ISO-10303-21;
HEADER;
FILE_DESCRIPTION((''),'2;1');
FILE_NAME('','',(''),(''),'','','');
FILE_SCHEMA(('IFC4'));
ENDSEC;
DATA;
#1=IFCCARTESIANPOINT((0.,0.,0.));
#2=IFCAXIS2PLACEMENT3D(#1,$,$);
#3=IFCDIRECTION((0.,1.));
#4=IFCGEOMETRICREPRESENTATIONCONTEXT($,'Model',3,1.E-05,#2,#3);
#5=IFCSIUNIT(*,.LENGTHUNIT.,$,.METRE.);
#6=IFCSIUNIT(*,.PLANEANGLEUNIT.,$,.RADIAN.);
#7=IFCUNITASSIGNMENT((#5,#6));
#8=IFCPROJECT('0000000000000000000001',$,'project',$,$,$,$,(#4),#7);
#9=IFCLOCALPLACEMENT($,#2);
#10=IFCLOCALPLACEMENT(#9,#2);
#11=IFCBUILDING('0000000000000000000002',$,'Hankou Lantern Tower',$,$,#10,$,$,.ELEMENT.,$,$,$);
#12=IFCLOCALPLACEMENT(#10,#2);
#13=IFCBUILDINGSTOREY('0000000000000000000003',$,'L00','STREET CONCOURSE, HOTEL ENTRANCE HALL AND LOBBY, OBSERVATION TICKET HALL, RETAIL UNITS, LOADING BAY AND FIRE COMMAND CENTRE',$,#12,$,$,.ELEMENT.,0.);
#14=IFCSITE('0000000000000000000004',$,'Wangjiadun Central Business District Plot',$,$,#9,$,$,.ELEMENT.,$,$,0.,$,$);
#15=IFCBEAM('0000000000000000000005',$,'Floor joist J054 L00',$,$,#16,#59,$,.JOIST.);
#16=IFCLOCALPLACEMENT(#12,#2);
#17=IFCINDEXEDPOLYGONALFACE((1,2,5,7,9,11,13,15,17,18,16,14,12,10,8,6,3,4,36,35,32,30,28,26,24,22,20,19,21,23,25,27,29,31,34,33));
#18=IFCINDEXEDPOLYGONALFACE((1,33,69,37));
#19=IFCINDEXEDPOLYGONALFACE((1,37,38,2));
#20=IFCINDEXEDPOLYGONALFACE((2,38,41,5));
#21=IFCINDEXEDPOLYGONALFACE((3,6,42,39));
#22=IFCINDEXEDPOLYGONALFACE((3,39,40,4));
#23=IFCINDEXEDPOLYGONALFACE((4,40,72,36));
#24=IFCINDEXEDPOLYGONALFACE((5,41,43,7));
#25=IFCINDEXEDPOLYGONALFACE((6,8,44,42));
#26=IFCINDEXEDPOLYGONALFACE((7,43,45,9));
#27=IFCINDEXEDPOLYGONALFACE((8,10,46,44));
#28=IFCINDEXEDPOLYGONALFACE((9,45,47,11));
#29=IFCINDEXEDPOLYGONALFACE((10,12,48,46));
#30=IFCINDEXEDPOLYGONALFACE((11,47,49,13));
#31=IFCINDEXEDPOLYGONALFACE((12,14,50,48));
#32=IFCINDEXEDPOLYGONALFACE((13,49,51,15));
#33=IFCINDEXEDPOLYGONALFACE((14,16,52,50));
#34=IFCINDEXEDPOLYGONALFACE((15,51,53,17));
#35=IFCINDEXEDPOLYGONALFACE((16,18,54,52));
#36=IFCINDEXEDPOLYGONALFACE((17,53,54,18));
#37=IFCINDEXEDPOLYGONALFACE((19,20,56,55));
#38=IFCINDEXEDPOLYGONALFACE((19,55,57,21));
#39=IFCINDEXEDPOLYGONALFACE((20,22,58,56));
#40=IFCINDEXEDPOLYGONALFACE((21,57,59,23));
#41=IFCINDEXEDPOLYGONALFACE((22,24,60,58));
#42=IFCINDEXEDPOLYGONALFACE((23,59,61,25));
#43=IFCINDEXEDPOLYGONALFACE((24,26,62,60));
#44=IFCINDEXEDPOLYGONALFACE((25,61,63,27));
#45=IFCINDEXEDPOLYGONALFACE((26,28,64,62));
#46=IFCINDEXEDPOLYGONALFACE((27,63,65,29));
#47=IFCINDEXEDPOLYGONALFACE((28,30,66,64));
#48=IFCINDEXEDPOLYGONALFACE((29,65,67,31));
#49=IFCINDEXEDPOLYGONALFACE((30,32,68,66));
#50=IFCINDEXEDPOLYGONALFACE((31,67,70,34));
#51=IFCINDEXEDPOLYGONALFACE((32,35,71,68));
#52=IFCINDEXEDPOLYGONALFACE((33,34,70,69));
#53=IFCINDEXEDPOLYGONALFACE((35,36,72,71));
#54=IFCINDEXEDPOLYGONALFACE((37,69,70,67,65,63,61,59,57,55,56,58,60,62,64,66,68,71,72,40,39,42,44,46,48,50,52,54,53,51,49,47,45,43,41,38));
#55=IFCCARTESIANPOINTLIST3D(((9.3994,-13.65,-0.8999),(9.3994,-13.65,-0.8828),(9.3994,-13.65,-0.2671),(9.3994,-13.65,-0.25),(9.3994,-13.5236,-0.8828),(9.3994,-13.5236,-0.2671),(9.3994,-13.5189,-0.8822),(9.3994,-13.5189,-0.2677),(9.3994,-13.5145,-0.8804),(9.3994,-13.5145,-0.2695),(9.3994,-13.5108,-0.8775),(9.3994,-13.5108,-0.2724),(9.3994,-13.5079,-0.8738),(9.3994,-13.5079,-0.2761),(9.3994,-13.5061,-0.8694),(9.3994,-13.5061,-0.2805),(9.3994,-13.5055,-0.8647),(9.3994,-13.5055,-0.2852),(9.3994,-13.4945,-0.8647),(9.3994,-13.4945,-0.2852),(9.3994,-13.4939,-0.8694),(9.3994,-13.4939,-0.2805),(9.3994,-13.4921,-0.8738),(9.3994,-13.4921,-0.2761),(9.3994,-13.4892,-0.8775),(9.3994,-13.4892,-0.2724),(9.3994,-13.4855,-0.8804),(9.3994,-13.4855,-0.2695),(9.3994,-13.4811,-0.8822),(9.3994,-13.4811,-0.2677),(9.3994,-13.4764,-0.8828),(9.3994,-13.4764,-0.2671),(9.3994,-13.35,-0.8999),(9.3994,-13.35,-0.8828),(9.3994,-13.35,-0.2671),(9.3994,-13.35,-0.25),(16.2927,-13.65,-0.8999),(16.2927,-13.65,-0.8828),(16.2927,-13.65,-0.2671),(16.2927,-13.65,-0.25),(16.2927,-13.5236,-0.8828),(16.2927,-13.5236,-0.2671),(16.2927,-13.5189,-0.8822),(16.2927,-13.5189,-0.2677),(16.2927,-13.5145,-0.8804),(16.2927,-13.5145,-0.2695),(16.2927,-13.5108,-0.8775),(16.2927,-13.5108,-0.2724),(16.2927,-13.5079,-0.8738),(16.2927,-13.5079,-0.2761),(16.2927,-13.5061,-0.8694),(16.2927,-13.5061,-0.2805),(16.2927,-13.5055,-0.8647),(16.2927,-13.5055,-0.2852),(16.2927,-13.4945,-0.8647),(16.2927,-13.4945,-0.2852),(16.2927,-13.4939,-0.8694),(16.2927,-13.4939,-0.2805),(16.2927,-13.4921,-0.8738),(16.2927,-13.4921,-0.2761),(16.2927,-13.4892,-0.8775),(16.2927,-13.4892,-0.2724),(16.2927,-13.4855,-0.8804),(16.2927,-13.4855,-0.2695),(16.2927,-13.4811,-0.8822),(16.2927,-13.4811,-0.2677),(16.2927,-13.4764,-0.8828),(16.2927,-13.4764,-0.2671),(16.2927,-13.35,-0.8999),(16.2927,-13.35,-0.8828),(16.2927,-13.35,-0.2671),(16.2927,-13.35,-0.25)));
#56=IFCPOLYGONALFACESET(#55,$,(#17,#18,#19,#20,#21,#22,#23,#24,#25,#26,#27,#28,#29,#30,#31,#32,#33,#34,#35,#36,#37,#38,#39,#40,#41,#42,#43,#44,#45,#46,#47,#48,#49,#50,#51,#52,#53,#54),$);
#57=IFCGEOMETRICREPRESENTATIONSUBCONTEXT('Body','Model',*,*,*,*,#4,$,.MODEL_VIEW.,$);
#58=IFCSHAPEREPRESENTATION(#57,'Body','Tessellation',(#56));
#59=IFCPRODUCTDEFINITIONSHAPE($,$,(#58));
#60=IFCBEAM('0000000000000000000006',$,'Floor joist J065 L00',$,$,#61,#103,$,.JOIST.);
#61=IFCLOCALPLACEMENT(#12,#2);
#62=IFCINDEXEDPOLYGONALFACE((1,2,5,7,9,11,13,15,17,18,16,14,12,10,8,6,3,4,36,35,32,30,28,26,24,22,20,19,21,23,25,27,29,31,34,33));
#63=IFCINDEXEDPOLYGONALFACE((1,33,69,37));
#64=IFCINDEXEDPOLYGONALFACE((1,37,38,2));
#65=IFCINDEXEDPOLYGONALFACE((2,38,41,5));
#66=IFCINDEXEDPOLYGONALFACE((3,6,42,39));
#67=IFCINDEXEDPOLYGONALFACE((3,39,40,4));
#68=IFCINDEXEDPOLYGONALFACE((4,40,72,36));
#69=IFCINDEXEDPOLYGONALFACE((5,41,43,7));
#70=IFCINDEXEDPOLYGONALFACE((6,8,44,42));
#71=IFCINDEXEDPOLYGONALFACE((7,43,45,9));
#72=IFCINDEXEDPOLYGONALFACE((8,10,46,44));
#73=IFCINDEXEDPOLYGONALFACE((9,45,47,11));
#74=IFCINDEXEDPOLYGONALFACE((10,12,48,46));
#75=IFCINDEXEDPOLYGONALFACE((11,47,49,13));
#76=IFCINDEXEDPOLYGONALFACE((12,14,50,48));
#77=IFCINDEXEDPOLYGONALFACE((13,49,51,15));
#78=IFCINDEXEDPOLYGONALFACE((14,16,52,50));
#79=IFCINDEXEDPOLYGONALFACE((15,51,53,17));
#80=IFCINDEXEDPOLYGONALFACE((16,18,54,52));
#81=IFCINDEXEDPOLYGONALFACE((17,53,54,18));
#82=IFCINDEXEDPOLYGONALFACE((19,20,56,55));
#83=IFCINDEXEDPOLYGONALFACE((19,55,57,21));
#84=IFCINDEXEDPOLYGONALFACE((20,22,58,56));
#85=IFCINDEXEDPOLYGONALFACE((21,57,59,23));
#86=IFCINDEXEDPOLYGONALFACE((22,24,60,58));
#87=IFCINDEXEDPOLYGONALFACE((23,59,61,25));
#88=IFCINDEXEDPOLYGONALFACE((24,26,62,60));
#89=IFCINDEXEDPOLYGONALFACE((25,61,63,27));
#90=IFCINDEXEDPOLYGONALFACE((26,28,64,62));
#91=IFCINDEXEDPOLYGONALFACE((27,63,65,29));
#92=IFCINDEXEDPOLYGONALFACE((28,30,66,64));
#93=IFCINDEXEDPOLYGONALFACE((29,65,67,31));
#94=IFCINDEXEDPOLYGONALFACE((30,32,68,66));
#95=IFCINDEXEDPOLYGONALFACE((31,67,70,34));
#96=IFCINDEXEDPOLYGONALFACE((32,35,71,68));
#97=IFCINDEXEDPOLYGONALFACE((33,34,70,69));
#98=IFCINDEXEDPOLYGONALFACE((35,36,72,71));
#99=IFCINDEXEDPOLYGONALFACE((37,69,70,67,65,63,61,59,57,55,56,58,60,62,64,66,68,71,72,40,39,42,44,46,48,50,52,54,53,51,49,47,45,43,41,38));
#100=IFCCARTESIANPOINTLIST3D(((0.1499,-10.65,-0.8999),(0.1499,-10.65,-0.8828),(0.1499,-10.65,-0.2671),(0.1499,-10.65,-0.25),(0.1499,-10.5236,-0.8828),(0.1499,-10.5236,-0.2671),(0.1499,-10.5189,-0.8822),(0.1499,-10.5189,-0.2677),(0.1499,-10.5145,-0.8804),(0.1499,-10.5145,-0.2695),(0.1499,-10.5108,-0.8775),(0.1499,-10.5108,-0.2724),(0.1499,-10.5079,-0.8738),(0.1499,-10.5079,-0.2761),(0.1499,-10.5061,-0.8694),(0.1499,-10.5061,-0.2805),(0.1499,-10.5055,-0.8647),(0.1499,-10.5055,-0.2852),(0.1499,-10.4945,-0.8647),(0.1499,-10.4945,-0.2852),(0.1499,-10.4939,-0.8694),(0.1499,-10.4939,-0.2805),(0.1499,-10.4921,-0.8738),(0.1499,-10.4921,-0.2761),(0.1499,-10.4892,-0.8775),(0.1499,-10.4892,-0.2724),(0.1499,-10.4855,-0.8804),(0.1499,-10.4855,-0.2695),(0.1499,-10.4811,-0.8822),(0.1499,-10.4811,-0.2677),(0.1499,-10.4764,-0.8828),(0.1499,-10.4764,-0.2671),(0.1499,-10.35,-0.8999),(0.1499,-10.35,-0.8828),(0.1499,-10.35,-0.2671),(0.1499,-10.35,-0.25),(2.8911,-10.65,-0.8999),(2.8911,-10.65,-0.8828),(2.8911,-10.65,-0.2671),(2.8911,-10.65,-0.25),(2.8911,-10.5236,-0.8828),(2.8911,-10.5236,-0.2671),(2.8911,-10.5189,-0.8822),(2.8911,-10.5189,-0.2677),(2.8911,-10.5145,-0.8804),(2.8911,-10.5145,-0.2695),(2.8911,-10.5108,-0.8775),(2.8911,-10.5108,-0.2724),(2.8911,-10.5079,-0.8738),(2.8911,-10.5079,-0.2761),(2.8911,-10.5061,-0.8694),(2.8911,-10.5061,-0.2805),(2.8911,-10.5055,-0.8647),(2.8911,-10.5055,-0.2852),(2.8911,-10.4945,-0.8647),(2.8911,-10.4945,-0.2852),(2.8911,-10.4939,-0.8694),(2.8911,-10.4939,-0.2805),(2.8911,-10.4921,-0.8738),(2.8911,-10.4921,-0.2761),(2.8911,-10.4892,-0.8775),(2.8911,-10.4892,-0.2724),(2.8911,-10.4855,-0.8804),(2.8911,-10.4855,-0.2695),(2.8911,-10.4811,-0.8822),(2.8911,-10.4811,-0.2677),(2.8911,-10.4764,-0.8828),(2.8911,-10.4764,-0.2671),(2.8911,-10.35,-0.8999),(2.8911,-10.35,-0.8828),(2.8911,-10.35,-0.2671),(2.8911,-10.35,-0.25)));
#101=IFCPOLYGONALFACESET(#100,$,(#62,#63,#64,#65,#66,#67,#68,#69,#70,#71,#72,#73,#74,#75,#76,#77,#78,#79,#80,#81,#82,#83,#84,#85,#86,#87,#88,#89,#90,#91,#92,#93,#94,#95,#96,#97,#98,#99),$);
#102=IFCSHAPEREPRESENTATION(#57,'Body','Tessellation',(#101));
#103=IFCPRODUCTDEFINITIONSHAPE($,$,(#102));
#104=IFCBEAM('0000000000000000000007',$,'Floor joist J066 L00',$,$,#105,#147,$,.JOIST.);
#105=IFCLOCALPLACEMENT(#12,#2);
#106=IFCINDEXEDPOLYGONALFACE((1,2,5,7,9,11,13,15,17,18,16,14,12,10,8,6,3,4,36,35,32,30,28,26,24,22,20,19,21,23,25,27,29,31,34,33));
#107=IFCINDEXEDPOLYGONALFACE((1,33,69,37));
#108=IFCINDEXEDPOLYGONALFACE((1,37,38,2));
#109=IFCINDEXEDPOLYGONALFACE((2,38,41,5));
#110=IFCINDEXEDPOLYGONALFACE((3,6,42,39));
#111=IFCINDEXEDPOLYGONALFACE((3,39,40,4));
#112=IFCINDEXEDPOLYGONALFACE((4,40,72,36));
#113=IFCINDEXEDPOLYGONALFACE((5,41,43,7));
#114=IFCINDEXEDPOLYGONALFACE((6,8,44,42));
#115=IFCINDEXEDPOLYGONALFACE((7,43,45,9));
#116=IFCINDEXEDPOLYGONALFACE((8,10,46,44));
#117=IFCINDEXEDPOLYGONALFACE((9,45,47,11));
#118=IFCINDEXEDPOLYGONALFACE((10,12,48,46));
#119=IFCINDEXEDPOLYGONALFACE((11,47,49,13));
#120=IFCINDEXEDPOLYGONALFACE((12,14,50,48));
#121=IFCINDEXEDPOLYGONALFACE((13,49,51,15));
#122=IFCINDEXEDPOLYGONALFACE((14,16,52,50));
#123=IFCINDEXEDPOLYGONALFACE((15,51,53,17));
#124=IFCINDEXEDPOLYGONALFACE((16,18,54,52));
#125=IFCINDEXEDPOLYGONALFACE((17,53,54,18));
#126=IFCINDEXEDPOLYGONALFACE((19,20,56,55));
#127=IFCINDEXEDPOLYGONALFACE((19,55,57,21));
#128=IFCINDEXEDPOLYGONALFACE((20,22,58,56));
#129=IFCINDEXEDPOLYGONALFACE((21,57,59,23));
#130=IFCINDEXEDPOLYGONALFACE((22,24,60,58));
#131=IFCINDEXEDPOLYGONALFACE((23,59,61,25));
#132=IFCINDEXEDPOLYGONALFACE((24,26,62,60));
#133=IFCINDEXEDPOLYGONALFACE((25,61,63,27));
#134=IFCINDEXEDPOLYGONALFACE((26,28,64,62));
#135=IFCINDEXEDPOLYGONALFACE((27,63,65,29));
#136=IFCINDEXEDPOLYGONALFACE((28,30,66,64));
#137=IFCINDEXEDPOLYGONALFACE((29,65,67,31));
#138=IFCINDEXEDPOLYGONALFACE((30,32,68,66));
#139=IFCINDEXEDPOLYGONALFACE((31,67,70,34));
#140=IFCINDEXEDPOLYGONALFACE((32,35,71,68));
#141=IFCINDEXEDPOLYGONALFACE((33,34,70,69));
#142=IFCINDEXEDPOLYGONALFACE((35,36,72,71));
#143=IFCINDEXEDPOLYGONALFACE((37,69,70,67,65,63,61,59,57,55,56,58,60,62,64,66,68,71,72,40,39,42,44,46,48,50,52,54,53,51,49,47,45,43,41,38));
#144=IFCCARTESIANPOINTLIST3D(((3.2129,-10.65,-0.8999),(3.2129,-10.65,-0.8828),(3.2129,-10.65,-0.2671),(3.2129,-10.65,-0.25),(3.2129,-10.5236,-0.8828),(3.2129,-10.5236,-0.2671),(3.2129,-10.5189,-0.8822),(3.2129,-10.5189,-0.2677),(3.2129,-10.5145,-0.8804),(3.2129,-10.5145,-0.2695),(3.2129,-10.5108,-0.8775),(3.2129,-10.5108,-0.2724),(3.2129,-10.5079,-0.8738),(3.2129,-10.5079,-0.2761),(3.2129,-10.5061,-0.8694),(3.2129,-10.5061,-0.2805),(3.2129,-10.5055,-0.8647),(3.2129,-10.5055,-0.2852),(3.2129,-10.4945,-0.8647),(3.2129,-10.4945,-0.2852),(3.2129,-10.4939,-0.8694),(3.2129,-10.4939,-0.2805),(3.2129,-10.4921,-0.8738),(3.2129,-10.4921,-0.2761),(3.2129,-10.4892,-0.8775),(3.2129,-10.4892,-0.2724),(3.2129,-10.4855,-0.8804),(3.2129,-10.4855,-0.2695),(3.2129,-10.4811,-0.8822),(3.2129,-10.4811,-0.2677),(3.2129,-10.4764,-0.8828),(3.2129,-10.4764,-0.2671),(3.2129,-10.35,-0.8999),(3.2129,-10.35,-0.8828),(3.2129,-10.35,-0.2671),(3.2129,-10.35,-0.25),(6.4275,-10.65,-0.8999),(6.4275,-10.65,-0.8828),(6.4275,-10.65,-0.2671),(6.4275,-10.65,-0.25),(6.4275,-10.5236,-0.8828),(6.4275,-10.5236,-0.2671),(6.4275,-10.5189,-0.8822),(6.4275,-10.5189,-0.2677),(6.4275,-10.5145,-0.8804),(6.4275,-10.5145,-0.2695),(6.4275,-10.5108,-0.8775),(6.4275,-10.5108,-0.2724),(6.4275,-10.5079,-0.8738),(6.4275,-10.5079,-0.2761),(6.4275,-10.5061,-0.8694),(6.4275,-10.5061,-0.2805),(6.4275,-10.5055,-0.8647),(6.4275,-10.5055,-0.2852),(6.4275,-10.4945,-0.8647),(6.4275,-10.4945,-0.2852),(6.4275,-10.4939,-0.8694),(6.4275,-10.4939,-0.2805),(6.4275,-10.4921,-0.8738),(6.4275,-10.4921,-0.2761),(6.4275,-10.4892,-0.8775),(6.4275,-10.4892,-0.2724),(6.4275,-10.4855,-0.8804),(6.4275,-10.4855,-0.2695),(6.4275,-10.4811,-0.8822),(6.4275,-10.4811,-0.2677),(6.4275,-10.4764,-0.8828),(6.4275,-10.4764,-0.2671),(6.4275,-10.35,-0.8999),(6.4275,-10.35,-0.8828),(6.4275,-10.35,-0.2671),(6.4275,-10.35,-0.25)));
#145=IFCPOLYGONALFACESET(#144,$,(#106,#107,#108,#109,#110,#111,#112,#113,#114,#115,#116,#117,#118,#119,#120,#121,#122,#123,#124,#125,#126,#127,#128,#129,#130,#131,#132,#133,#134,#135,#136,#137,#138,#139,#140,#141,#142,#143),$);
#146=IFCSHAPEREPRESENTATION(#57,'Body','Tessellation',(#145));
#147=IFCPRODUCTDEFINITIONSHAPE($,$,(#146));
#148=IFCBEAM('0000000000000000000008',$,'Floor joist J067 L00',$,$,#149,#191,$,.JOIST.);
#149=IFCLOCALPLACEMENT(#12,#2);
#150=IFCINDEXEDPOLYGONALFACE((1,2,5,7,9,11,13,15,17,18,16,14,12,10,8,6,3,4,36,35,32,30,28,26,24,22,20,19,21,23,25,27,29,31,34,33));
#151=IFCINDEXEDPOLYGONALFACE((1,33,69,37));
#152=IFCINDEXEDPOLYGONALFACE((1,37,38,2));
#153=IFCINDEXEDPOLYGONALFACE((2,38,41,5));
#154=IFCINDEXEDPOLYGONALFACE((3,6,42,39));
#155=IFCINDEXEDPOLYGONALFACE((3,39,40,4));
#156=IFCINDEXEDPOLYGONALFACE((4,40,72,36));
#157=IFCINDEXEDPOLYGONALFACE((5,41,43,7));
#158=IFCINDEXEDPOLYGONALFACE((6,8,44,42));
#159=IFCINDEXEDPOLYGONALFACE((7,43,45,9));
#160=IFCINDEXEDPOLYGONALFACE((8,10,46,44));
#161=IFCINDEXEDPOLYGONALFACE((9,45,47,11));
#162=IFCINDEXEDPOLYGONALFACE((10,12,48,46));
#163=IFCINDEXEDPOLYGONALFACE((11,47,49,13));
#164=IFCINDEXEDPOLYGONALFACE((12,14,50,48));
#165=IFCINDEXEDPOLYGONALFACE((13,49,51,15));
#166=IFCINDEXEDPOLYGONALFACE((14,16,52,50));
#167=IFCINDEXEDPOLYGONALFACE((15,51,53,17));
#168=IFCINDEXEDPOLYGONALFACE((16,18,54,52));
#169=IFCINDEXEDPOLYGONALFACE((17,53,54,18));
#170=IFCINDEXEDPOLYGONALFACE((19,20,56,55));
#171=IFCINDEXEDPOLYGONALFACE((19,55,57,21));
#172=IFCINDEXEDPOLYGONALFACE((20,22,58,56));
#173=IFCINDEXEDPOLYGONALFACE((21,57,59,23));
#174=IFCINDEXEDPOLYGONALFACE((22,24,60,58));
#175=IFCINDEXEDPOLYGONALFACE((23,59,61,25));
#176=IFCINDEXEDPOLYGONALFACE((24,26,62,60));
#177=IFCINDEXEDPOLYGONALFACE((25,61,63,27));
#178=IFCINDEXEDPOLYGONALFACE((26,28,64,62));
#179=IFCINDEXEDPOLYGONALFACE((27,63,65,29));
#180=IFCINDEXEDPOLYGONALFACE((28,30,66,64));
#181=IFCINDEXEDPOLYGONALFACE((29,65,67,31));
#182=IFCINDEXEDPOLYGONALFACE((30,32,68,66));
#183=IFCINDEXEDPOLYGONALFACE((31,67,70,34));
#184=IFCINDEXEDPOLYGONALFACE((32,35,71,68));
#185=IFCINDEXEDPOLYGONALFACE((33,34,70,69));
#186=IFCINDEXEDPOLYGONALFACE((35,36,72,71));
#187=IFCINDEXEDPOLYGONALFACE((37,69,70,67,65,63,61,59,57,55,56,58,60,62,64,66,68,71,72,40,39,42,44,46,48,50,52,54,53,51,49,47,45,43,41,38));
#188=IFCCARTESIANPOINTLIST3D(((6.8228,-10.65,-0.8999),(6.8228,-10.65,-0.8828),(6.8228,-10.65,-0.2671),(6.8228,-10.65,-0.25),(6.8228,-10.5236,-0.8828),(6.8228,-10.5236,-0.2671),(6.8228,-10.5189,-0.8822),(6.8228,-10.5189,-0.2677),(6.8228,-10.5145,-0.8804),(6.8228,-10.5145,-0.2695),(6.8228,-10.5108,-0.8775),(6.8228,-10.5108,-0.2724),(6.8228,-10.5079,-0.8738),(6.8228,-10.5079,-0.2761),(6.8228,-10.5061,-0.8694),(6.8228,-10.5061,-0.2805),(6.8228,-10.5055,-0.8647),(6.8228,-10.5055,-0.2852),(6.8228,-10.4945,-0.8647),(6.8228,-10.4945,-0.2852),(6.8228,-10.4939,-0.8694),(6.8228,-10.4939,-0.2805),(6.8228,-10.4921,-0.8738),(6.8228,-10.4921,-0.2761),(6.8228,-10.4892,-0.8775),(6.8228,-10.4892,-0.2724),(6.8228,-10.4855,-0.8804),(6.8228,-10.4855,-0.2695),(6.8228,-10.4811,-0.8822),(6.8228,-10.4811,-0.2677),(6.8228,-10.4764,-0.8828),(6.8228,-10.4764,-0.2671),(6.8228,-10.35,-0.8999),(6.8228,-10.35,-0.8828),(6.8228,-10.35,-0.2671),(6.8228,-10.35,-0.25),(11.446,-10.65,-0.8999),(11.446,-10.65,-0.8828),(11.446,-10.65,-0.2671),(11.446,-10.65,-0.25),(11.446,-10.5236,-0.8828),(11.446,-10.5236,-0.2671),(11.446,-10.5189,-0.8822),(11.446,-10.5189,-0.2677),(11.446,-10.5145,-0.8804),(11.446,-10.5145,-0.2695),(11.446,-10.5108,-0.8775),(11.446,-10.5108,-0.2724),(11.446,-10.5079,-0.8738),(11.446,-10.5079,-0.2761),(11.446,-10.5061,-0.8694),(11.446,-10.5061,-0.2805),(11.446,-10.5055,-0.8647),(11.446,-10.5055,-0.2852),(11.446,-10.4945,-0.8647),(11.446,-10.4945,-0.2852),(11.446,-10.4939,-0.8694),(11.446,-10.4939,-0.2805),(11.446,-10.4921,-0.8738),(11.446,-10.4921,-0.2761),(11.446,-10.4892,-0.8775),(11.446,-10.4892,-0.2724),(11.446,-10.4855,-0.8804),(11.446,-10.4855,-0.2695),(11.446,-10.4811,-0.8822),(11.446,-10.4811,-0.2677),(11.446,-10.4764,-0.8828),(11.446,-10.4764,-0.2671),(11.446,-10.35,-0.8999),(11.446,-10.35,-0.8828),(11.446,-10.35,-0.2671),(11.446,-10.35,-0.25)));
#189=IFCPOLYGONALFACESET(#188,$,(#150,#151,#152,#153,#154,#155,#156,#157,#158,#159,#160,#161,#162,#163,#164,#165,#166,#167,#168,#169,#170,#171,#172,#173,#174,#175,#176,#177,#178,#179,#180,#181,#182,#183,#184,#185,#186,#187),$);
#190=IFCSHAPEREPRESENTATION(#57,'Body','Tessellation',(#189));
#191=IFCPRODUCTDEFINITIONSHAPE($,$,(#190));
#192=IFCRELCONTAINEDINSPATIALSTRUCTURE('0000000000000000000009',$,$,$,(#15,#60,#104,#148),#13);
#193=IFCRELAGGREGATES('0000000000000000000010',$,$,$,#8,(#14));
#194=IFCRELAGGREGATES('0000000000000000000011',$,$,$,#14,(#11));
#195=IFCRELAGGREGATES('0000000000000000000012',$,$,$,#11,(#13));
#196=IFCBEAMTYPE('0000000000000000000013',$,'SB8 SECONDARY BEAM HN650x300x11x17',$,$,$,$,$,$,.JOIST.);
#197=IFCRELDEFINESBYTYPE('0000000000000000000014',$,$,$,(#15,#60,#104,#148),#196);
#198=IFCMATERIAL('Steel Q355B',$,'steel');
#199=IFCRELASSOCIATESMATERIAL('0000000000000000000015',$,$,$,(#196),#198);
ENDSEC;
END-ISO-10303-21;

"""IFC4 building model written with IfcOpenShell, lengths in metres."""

from ifc_helpers import new_model, si_unit, direction, frame, origin, origin_2d, place, context, subcontext, project, spatial, i_section, extrude, material, material_profile, profile_set, type_object, element, save


model = new_model("IFC4")

# Units and contexts
model_context = context("Model", 3, precision=1e-05, world=origin(), true_north=direction((0.0, 1.0)))
body_context = subcontext(model_context, "Body", "Model", "MODEL_VIEW")
ifc_project = project(units=[si_unit("LENGTHUNIT", "METRE"), si_unit("PLANEANGLEUNIT", "RADIAN")], contexts=[model_context])

# Site, building, storey
site_placement = place(None, origin())
site = spatial("IfcSite", under=ifc_project, at=site_placement, Name="Wangjiadun Central Business District Plot", CompositionType="ELEMENT", RefElevation=0.0)
building_placement = place(site_placement, origin())
building = spatial("IfcBuilding", under=site, at=building_placement, Name="Hankou Lantern Tower", CompositionType="ELEMENT")
storey_placement = place(building_placement, origin())
storey = spatial("IfcBuildingStorey", under=building, at=storey_placement, Name="L00", Description="STREET CONCOURSE, HOTEL ENTRANCE HALL AND LOBBY, OBSERVATION TICKET HALL, RETAIL UNITS, LOADING BAY AND FIRE COMMAND CENTRE", CompositionType="ELEMENT", Elevation=0.0)

# Beams
ifc_material_1 = material(Name="Steel Q355B", Category="steel")
ifc_material_profile_1 = material_profile(ifc_material_1, i_section(OverallWidth=0.3, OverallDepth=0.6499, WebThickness=0.011, FlangeThickness=0.0171, FilletRadius=0.0181, at=origin_2d()), Name="HN650x300x11x17")
ifc_profile_set_1 = profile_set([ifc_material_profile_1], Name="Steel Q355B")
beam_type_1 = type_object("IfcBeamType", Name="SB8 SECONDARY BEAM HN650x300x11x17", PredefinedType="JOIST", material=ifc_profile_set_1)
beam_1_placement = place(storey_placement, frame((9.3994, -13.5, -0.575), z_axis=(1.0, 0.0, 0.0), x_axis=(0.0, 1.0, 0.0)))
element("IfcBeam", 1, at=beam_1_placement, inside=storey, type_object=beam_type_1, Name="Floor joist J054 L00", PredefinedType="JOIST", context=body_context, shape_type="SweptSolid", body=[
    extrude(i_section(OverallWidth=0.3, OverallDepth=0.6499, WebThickness=0.011, FlangeThickness=0.0171, FilletRadius=0.0181, at=origin_2d()), origin(), (0.0, 0.0, 1.0), 6.8933),
])
beam_2_placement = place(storey_placement, frame((0.1499, -10.5, -0.575), z_axis=(1.0, 0.0, 0.0), x_axis=(0.0, 1.0, 0.0)))
element("IfcBeam", 2, at=beam_2_placement, inside=storey, type_object=beam_type_1, Name="Floor joist J065 L00", PredefinedType="JOIST", context=body_context, shape_type="SweptSolid", body=[
    extrude(i_section(OverallWidth=0.3, OverallDepth=0.6499, WebThickness=0.011, FlangeThickness=0.0171, FilletRadius=0.0181, at=origin_2d()), origin(), (0.0, 0.0, 1.0), 2.7412),
])
beam_3_placement = place(storey_placement, frame((3.2129, -10.5, -0.575), z_axis=(1.0, 0.0, 0.0), x_axis=(0.0, 1.0, 0.0)))
element("IfcBeam", 3, at=beam_3_placement, inside=storey, type_object=beam_type_1, Name="Floor joist J066 L00", PredefinedType="JOIST", context=body_context, shape_type="SweptSolid", body=[
    extrude(i_section(OverallWidth=0.3, OverallDepth=0.6499, WebThickness=0.011, FlangeThickness=0.0171, FilletRadius=0.0181, at=origin_2d()), origin(), (0.0, 0.0, 1.0), 3.2146),
])
beam_4_placement = place(storey_placement, frame((6.8228, -10.5, -0.575), z_axis=(1.0, 0.0, 0.0), x_axis=(0.0, 1.0, 0.0)))
element("IfcBeam", 4, at=beam_4_placement, inside=storey, type_object=beam_type_1, Name="Floor joist J067 L00", PredefinedType="JOIST", context=body_context, shape_type="SweptSolid", body=[
    extrude(i_section(OverallWidth=0.3, OverallDepth=0.6499, WebThickness=0.011, FlangeThickness=0.0171, FilletRadius=0.0181, at=origin_2d()), origin(), (0.0, 0.0, 1.0), 4.6233),
])

save(model, "model.ifc")
